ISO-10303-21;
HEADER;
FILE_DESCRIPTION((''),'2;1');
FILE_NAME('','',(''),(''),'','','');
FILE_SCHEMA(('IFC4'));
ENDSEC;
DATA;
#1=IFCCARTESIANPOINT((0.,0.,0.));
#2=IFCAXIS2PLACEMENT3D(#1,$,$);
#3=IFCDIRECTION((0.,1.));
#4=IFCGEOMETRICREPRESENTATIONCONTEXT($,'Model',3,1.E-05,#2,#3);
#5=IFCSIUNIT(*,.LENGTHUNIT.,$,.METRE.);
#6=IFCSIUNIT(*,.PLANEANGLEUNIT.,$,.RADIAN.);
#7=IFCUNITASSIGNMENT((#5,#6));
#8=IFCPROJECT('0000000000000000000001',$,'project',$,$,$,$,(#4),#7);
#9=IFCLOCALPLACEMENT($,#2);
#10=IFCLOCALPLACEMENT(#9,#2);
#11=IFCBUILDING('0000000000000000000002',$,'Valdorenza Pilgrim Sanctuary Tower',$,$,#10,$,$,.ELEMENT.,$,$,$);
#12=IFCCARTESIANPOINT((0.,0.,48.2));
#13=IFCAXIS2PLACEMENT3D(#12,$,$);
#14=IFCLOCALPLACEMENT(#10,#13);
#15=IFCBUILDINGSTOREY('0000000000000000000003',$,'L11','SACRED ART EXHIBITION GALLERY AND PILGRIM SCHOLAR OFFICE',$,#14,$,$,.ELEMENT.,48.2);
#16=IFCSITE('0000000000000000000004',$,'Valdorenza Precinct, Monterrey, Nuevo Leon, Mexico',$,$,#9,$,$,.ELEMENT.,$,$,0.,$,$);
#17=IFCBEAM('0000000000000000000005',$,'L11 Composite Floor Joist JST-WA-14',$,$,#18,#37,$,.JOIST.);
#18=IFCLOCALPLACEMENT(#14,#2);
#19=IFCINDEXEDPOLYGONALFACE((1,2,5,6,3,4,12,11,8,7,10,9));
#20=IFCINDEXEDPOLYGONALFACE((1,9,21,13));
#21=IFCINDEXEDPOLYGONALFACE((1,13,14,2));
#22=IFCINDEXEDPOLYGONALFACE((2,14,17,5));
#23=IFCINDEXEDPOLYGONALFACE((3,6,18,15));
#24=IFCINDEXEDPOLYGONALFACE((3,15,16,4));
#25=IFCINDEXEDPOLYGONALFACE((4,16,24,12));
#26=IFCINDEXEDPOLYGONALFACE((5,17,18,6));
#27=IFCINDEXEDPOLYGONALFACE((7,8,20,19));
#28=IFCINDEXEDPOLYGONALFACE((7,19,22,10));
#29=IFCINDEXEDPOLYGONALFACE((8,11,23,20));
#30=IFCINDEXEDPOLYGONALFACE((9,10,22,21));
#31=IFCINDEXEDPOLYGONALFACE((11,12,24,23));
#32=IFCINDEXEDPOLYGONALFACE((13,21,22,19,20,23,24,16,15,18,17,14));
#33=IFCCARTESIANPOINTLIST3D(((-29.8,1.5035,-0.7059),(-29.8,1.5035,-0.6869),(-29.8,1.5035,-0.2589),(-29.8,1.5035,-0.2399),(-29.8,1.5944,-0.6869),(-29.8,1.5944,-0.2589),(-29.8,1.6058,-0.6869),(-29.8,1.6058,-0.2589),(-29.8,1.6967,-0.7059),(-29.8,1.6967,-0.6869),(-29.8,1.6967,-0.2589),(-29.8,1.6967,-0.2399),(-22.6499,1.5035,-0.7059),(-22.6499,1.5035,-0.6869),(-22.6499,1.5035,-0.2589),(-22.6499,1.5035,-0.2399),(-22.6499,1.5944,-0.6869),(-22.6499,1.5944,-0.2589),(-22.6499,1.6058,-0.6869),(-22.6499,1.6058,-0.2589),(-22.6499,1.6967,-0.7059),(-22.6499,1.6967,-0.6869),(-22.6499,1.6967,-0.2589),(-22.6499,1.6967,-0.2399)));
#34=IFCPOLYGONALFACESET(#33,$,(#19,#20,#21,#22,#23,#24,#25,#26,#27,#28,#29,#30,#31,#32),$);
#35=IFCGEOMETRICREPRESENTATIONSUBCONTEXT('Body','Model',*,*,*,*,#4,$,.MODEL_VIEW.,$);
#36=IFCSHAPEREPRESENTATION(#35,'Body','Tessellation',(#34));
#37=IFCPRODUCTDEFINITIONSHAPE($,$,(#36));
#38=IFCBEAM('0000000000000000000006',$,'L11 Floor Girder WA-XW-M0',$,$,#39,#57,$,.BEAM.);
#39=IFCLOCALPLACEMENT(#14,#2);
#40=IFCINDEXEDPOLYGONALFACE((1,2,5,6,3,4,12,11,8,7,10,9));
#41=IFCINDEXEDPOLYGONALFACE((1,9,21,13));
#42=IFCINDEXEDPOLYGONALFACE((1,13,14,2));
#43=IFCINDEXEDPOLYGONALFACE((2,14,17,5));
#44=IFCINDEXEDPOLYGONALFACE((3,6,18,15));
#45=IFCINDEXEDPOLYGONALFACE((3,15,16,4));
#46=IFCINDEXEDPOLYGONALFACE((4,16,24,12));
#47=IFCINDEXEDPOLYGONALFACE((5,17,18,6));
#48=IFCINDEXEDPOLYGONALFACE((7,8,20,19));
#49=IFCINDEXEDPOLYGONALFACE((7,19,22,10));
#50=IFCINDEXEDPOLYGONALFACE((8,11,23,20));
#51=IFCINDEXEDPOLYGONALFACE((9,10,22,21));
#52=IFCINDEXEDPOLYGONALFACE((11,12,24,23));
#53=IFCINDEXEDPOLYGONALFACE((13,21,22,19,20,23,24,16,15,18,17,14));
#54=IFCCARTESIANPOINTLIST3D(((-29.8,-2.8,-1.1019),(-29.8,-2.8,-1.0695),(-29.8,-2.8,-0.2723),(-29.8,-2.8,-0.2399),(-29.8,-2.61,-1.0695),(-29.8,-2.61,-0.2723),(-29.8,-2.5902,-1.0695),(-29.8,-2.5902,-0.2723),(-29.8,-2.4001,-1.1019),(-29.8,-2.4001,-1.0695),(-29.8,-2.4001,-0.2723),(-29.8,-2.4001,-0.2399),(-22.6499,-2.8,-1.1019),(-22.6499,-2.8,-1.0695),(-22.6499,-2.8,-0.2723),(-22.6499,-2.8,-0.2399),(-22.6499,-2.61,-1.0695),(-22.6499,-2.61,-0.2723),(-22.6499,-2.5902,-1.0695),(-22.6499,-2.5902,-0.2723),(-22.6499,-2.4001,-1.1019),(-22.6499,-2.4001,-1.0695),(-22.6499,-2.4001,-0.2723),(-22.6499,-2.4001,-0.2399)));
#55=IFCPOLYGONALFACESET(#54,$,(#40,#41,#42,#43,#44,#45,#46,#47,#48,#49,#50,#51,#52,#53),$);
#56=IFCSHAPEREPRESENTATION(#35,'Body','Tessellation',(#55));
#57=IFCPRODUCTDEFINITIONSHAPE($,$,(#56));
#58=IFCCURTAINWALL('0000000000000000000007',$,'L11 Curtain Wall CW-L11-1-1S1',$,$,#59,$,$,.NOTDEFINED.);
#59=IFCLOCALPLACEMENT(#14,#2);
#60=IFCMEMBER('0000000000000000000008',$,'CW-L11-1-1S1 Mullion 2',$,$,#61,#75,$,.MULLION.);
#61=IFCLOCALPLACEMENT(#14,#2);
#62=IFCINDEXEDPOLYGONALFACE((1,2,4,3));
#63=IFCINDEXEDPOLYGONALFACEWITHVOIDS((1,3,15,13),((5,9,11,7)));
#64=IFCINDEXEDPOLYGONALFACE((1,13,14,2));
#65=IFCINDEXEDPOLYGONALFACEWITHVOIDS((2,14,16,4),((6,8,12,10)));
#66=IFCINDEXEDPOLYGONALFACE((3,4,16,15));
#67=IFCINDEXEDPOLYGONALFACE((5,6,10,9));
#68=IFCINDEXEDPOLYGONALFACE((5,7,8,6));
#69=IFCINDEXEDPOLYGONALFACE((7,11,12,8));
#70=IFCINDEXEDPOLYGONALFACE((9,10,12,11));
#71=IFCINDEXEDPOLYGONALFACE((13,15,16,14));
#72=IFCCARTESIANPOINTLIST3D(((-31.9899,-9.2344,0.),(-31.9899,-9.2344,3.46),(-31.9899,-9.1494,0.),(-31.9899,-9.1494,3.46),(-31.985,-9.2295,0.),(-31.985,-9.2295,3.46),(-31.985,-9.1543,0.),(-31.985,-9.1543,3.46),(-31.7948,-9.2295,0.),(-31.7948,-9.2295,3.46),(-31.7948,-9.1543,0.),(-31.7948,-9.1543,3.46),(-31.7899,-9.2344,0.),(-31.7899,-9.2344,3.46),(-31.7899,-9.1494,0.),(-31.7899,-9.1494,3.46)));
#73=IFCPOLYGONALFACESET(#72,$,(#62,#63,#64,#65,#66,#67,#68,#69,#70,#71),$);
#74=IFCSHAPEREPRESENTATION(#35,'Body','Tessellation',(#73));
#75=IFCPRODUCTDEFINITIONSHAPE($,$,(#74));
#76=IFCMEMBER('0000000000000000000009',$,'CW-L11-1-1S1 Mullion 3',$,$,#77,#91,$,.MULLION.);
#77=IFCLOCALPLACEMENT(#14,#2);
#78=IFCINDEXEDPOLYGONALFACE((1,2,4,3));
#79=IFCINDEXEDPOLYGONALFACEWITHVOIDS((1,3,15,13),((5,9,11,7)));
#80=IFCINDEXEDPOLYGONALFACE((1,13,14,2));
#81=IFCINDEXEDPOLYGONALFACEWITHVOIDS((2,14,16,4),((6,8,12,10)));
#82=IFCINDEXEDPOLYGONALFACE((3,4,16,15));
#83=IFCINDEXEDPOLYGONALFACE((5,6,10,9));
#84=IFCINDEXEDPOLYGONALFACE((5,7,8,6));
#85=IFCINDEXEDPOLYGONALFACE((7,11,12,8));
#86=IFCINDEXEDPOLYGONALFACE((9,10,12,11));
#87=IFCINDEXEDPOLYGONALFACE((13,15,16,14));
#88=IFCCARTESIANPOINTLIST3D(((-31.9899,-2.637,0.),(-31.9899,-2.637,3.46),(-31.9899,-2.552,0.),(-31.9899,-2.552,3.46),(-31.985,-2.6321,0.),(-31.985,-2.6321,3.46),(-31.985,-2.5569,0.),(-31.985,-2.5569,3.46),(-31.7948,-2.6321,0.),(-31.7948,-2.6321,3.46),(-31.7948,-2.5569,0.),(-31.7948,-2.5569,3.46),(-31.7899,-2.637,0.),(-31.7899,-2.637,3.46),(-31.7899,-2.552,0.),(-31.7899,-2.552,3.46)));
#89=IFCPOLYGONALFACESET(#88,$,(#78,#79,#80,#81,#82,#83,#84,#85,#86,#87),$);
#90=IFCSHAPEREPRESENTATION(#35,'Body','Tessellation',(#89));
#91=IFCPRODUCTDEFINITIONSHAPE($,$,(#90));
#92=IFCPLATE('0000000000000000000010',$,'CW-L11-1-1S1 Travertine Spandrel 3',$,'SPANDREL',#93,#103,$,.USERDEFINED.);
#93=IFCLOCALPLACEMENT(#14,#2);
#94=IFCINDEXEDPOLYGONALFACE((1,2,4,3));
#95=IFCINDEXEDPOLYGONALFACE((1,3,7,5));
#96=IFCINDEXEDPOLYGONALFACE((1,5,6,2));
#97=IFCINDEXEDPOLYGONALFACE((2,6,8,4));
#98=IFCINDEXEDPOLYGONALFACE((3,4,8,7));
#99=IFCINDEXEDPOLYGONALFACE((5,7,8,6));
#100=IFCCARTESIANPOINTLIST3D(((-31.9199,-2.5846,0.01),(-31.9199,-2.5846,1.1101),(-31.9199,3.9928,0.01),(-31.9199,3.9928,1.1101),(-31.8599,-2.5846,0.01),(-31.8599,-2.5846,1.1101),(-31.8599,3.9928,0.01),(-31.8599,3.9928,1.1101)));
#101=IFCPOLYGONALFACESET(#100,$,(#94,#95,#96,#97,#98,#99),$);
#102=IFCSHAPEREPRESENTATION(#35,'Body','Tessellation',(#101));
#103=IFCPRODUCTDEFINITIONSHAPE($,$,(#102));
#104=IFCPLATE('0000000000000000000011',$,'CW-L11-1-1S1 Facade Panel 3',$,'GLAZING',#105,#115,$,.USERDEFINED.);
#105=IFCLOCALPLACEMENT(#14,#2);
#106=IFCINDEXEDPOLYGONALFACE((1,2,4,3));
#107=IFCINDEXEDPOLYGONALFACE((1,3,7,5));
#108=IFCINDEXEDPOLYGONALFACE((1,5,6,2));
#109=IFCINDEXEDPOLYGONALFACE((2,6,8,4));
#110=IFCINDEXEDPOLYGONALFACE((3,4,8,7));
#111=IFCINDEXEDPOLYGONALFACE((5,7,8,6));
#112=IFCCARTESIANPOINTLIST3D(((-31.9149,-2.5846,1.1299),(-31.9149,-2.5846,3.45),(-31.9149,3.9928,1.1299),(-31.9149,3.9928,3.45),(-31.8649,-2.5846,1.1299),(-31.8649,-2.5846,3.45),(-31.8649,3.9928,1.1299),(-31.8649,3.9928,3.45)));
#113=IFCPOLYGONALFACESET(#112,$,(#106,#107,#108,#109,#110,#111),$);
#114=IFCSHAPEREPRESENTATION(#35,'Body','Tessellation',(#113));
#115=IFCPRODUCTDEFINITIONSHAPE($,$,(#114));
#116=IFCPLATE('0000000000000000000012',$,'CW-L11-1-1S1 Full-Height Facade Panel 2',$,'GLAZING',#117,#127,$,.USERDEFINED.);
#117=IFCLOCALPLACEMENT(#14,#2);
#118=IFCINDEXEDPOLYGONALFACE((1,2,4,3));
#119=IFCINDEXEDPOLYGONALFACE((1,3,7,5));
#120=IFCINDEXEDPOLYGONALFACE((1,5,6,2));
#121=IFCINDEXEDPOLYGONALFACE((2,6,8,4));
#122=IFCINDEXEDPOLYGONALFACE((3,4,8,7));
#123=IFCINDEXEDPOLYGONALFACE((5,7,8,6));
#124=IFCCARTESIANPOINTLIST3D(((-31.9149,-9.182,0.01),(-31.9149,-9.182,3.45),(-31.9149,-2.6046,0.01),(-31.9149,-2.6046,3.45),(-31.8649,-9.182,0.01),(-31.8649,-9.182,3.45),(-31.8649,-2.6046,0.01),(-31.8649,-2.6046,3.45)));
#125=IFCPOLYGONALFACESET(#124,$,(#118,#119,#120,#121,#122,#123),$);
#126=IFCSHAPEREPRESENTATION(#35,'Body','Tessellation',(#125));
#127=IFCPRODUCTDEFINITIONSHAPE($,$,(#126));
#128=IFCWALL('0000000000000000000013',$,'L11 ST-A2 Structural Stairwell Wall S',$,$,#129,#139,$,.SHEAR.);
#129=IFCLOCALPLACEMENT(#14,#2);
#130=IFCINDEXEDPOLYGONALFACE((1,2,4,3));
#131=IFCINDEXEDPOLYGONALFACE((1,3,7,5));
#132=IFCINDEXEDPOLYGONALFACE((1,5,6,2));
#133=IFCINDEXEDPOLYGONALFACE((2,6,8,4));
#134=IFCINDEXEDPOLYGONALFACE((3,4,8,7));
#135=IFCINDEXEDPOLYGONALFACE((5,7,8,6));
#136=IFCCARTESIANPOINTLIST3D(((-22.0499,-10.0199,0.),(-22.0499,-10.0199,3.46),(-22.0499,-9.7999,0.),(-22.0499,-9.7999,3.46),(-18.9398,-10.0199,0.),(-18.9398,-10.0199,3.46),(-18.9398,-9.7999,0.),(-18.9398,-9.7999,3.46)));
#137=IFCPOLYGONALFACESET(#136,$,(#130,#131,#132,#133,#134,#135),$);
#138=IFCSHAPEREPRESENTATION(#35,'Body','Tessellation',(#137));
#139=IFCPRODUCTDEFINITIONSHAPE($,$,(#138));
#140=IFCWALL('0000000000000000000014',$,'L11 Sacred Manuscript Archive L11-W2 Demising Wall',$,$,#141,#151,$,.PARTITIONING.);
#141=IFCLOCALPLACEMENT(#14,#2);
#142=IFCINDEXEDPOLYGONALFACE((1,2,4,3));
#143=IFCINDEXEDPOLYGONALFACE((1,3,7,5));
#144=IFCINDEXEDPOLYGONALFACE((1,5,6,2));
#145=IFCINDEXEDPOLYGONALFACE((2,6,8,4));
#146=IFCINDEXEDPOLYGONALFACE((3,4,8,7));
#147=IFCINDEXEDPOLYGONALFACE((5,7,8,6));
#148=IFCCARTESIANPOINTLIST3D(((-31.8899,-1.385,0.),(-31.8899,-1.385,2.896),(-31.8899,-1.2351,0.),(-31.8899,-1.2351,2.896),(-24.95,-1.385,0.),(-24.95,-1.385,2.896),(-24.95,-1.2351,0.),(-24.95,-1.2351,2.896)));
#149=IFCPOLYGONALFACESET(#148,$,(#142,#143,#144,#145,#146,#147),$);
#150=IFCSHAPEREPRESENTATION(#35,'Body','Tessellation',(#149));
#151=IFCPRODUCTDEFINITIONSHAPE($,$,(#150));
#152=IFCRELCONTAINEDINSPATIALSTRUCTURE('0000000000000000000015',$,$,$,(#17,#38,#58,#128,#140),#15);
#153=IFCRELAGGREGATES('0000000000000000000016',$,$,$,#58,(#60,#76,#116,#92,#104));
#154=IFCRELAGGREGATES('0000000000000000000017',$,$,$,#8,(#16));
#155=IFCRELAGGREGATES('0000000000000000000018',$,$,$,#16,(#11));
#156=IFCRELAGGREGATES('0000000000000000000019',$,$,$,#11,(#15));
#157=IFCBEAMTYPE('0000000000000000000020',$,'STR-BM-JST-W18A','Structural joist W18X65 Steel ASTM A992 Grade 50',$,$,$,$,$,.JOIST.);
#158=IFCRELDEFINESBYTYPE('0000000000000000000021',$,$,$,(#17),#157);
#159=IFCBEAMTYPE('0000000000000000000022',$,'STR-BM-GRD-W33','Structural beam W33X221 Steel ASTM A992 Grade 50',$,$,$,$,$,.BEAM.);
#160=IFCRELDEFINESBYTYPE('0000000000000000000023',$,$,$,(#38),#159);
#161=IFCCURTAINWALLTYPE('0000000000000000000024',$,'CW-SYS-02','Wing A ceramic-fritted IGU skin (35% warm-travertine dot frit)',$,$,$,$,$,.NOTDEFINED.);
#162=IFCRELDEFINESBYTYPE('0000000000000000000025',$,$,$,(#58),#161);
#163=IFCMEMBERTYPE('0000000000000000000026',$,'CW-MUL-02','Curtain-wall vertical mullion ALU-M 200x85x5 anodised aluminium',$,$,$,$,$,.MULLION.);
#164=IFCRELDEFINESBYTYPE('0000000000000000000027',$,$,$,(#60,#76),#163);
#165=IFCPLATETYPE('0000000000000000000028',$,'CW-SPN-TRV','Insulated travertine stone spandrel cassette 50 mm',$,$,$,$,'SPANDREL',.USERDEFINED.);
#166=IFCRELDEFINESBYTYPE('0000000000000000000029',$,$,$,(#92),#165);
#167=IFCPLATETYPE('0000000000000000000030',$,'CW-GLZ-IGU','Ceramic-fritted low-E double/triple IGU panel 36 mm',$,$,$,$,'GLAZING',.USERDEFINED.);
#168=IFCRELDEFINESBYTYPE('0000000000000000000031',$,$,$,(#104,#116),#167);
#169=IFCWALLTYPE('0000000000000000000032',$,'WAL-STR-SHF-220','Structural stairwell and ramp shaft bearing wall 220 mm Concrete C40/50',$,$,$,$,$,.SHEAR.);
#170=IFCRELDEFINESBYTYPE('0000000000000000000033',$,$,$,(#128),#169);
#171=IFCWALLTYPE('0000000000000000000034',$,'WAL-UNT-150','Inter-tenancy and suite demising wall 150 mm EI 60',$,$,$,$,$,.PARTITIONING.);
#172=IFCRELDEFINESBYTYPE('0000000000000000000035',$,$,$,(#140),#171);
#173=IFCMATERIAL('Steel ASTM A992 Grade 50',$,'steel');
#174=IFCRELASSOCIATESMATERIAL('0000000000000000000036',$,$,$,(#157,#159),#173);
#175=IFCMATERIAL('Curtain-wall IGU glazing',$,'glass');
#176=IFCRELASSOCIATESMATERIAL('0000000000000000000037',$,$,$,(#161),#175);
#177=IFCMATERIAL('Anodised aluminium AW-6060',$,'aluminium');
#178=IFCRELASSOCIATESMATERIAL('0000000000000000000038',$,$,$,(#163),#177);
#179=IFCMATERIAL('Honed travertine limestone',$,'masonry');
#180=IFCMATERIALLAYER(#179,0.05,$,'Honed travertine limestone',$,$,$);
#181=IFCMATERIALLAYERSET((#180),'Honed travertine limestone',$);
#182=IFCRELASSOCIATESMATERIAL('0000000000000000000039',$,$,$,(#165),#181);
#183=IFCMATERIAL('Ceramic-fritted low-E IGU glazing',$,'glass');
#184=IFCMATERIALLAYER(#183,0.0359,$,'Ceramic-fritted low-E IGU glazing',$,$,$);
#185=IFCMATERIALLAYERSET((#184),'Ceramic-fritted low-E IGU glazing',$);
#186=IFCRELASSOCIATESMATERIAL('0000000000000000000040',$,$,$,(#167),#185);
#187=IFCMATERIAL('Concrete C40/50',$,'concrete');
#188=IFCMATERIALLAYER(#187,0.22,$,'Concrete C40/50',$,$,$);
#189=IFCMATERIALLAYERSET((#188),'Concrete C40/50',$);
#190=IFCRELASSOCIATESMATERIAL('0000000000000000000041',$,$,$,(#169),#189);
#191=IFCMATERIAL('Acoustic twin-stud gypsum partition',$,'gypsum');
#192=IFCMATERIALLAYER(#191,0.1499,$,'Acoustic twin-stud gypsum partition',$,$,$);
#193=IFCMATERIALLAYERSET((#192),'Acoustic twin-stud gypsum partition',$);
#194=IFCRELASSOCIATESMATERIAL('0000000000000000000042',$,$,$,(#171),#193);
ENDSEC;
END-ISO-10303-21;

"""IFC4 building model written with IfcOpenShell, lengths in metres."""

from ifc_helpers import new_model, si_unit, direction, frame, frame_2d, origin, origin_2d, place, context, subcontext, project, spatial, rectangle, hollow_rectangle, i_section, extrude, source, transform, mapped, material, layer, layer_set, material_profile, profile_set, type_object, element, aggregate, save


model = new_model("IFC4")

# Units and contexts
model_context = context("Model", 3, precision=1e-05, world=origin(), true_north=direction((0.0, 1.0)))
body_context = subcontext(model_context, "Body", "Model", "MODEL_VIEW")
ifc_project = project(units=[si_unit("LENGTHUNIT", "METRE"), si_unit("PLANEANGLEUNIT", "RADIAN")], contexts=[model_context])

# Site, building, storey
site_placement = place(None, origin())
site = spatial("IfcSite", under=ifc_project, at=site_placement, Name="Valdorenza Precinct, Monterrey, Nuevo Leon, Mexico", CompositionType="ELEMENT", RefElevation=0.0)
building_placement = place(site_placement, origin())
building = spatial("IfcBuilding", under=site, at=building_placement, Name="Valdorenza Pilgrim Sanctuary Tower", CompositionType="ELEMENT")
storey_placement = place(building_placement, frame((0.0, 0.0, 48.2)))
storey = spatial("IfcBuildingStorey", under=building, at=storey_placement, Name="L11", Description="SACRED ART EXHIBITION GALLERY AND PILGRIM SCHOLAR OFFICE", CompositionType="ELEMENT", Elevation=48.2)

# Beams
ifc_material_1 = material(Name="Steel ASTM A992 Grade 50", Category="steel")
ifc_material_profile_1 = material_profile(ifc_material_1, i_section(OverallWidth=0.1931, OverallDepth=0.4661, WebThickness=0.0115, FlangeThickness=0.019, at=origin_2d()), Name="W18X65")
ifc_profile_set_1 = profile_set([ifc_material_profile_1], Name="Steel ASTM A992 Grade 50")
beam_type_1 = type_object("IfcBeamType", Name="STR-BM-JST-W18A", Description="Structural joist W18X65 Steel ASTM A992 Grade 50", PredefinedType="JOIST", material=ifc_profile_set_1)
shared_shape_1 = source(origin(), body_context, "Body", "SweptSolid", [
    extrude(i_section(OverallWidth=0.1931, OverallDepth=0.4661, WebThickness=0.0115, FlangeThickness=0.019, at=origin_2d()), origin(), (0.0, 0.0, 1.0), 7.1501),
])
for number, where, z_axis, x_axis, name in (
    (1, (-29.8, 1.6001, -0.4729), (1.0, 0.0, 0.0), (0.0, 1.0, 0.0), "L11 Composite Floor Joist JST-WA-14"),
):
    element("IfcBeam", number, at=place(storey_placement, frame(where, z_axis=z_axis, x_axis=x_axis)), inside=storey, type_object=beam_type_1, Name=name, PredefinedType="JOIST", context=body_context, shape_type="MappedRepresentation", body=[
        mapped(shared_shape_1, transform((0.0, 0.0, 0.0), x_axis=(1.0, 0.0, 0.0), y_axis=(0.0, 1.0, 0.0), z_axis=(0.0, 0.0, 1.0), scale=1.0)),
    ])
ifc_material_profile_2 = material_profile(ifc_material_1, i_section(OverallWidth=0.3999, OverallDepth=0.8621, WebThickness=0.0198, FlangeThickness=0.0325, at=origin_2d()), Name="W33X221")
ifc_profile_set_2 = profile_set([ifc_material_profile_2], Name="Steel ASTM A992 Grade 50")
beam_type_2 = type_object("IfcBeamType", Name="STR-BM-GRD-W33", Description="Structural beam W33X221 Steel ASTM A992 Grade 50", PredefinedType="BEAM", material=ifc_profile_set_2)
shared_shape_2 = source(origin(), body_context, "Body", "SweptSolid", [
    extrude(i_section(OverallWidth=0.3999, OverallDepth=0.8621, WebThickness=0.0198, FlangeThickness=0.0325, at=origin_2d()), origin(), (0.0, 0.0, 1.0), 7.1501),
])
beam_1_placement = place(storey_placement, frame((-29.8, -2.6001, -0.6709), z_axis=(1.0, 0.0, 0.0), x_axis=(0.0, 1.0, 0.0)))
element("IfcBeam", 2, at=beam_1_placement, inside=storey, type_object=beam_type_2, Name="L11 Floor Girder WA-XW-M0", PredefinedType="BEAM", context=body_context, shape_type="MappedRepresentation", body=[
    mapped(shared_shape_2, transform((0.0, 0.0, 0.0), x_axis=(1.0, 0.0, 0.0), y_axis=(0.0, 1.0, 0.0), z_axis=(0.0, 0.0, 1.0), scale=1.0)),
])

# Curtain wall, members, plates
ifc_material_2 = material(Name="Curtain-wall IGU glazing", Category="glass")
curtain_wall_type = type_object("IfcCurtainWallType", Name="CW-SYS-02", Description="Wing A ceramic-fritted IGU skin (35% warm-travertine dot frit)", PredefinedType="NOTDEFINED", material=ifc_material_2)
curtain_wall_placement = place(storey_placement, origin())
curtain_wall = element("IfcCurtainWall", 3, at=curtain_wall_placement, inside=storey, type_object=curtain_wall_type, Name="L11 Curtain Wall CW-L11-1-1S1", PredefinedType="NOTDEFINED")
ifc_material_3 = material(Name="Anodised aluminium AW-6060", Category="aluminium")
ifc_material_profile_3 = material_profile(ifc_material_3, hollow_rectangle(XDim=0.085, YDim=0.2, WallThickness=0.0049, at=origin_2d()), Name="ALU-M 200x85x5")
ifc_profile_set_3 = profile_set([ifc_material_profile_3], Name="Anodised aluminium AW-6060")
member_type = type_object("IfcMemberType", Name="CW-MUL-02", Description="Curtain-wall vertical mullion ALU-M 200x85x5 anodised aluminium", PredefinedType="MULLION", material=ifc_profile_set_3)
shared_shape_3 = source(origin(), body_context, "Body", "SweptSolid", [
    extrude(hollow_rectangle(XDim=0.085, YDim=0.2, WallThickness=0.0049, at=origin_2d()), origin(), (0.0, 0.0, 1.0), 3.46),
])
member_1_placement = place(storey_placement, frame((-31.8899, -9.1919, 0.0), z_axis=(0.0, 0.0, 1.0), x_axis=(0.0, 1.0, 0.0)))
member_1 = element("IfcMember", 4, at=member_1_placement, type_object=member_type, Name="CW-L11-1-1S1 Mullion 2", PredefinedType="MULLION", context=body_context, shape_type="MappedRepresentation", body=[
    mapped(shared_shape_3, transform((0.0, 0.0, 0.0), x_axis=(1.0, 0.0, 0.0), y_axis=(0.0, 1.0, 0.0), z_axis=(0.0, 0.0, 1.0), scale=1.0)),
])
member_2_placement = place(storey_placement, frame((-31.8899, -2.5945, 0.0), z_axis=(0.0, 0.0, 1.0), x_axis=(0.0, 1.0, 0.0)))
member_2 = element("IfcMember", 5, at=member_2_placement, type_object=member_type, Name="CW-L11-1-1S1 Mullion 3", PredefinedType="MULLION", context=body_context, shape_type="MappedRepresentation", body=[
    mapped(shared_shape_3, transform((0.0, 0.0, 0.0), x_axis=(1.0, 0.0, 0.0), y_axis=(0.0, 1.0, 0.0), z_axis=(0.0, 0.0, 1.0), scale=1.0)),
])
ifc_material_4 = material(Name="Honed travertine limestone", Category="masonry")
ifc_layer_1 = layer(ifc_material_4, 0.05, Name="Honed travertine limestone")
ifc_layer_set_1 = layer_set([ifc_layer_1], Name="Honed travertine limestone")
plate_type_1 = type_object("IfcPlateType", Name="CW-SPN-TRV", Description="Insulated travertine stone spandrel cassette 50 mm", ElementType="SPANDREL", PredefinedType="USERDEFINED", material=ifc_layer_set_1)
shared_shape_4 = source(origin(), body_context, "Body", "SweptSolid", [
    extrude(rectangle(XDim=6.5774, YDim=0.0601, at=origin_2d()), origin(), (0.0, 0.0, 1.0), 1.1001),
])
plate_1_placement = place(storey_placement, frame((-31.8899, 0.7041, 0.01), z_axis=(0.0, 0.0, 1.0), x_axis=(0.0, 1.0, 0.0)))
plate_1 = element("IfcPlate", 6, at=plate_1_placement, type_object=plate_type_1, Name="CW-L11-1-1S1 Travertine Spandrel 3", ObjectType="SPANDREL", PredefinedType="USERDEFINED", context=body_context, shape_type="MappedRepresentation", body=[
    mapped(shared_shape_4, transform((0.0, 0.0, 0.0), x_axis=(1.0, 0.0, 0.0), y_axis=(0.0, 1.0, 0.0), z_axis=(0.0, 0.0, 1.0), scale=1.0)),
])
ifc_material_5 = material(Name="Ceramic-fritted low-E IGU glazing", Category="glass")
ifc_layer_2 = layer(ifc_material_5, 0.0359, Name="Ceramic-fritted low-E IGU glazing")
ifc_layer_set_2 = layer_set([ifc_layer_2], Name="Ceramic-fritted low-E IGU glazing")
plate_type_2 = type_object("IfcPlateType", Name="CW-GLZ-IGU", Description="Ceramic-fritted low-E double/triple IGU panel 36 mm", ElementType="GLAZING", PredefinedType="USERDEFINED", material=ifc_layer_set_2)
shared_shape_5 = source(origin(), body_context, "Body", "SweptSolid", [
    extrude(rectangle(XDim=6.5774, YDim=0.05, at=origin_2d()), origin(), (0.0, 0.0, 1.0), 2.3201),
])
plate_2_placement = place(storey_placement, frame((-31.8899, 0.7041, 1.1299), z_axis=(0.0, 0.0, 1.0), x_axis=(0.0, 1.0, 0.0)))
plate_2 = element("IfcPlate", 7, at=plate_2_placement, type_object=plate_type_2, Name="CW-L11-1-1S1 Facade Panel 3", ObjectType="GLAZING", PredefinedType="USERDEFINED", context=body_context, shape_type="MappedRepresentation", body=[
    mapped(shared_shape_5, transform((0.0, 0.0, 0.0), x_axis=(1.0, 0.0, 0.0), y_axis=(0.0, 1.0, 0.0), z_axis=(0.0, 0.0, 1.0), scale=1.0)),
])
shared_shape_6 = source(origin(), body_context, "Body", "SweptSolid", [
    extrude(rectangle(XDim=6.5774, YDim=0.05, at=origin_2d()), origin(), (0.0, 0.0, 1.0), 3.4399),
])
plate_3_placement = place(storey_placement, frame((-31.8899, -5.8933, 0.01), z_axis=(0.0, 0.0, 1.0), x_axis=(0.0, 1.0, 0.0)))
plate_3 = element("IfcPlate", 8, at=plate_3_placement, type_object=plate_type_2, Name="CW-L11-1-1S1 Full-Height Facade Panel 2", ObjectType="GLAZING", PredefinedType="USERDEFINED", context=body_context, shape_type="MappedRepresentation", body=[
    mapped(shared_shape_6, transform((0.0, 0.0, 0.0), x_axis=(1.0, 0.0, 0.0), y_axis=(0.0, 1.0, 0.0), z_axis=(0.0, 0.0, 1.0), scale=1.0)),
])
aggregate(curtain_wall, [member_1, member_2, plate_3, plate_1, plate_2])

# Wall
ifc_material_6 = material(Name="Concrete C40/50", Category="concrete")
ifc_layer_3 = layer(ifc_material_6, 0.22, Name="Concrete C40/50")
ifc_layer_set_3 = layer_set([ifc_layer_3], Name="Concrete C40/50")
wall_type_1 = type_object("IfcWallType", Name="WAL-STR-SHF-220", Description="Structural stairwell and ramp shaft bearing wall 220 mm Concrete C40/50", PredefinedType="SHEAR", material=ifc_layer_set_3)
wall_1_placement = place(storey_placement, frame((-22.05, -9.9099, 0.0), z_axis=(0.0, 0.0, 1.0), x_axis=(1.0, 0.0, 0.0)))
element("IfcWall", 9, at=wall_1_placement, inside=storey, type_object=wall_type_1, Name="L11 ST-A2 Structural Stairwell Wall S", PredefinedType="SHEAR", context=body_context, shape_type="SweptSolid", body=[
    extrude(rectangle(XDim=3.1101, YDim=0.22, at=frame_2d((1.5552, 0.0))), origin(), (0.0, 0.0, 1.0), 3.46),
])

# Wall
ifc_material_7 = material(Name="Acoustic twin-stud gypsum partition", Category="gypsum")
ifc_layer_4 = layer(ifc_material_7, 0.1499, Name="Acoustic twin-stud gypsum partition")
ifc_layer_set_4 = layer_set([ifc_layer_4], Name="Acoustic twin-stud gypsum partition")
wall_type_2 = type_object("IfcWallType", Name="WAL-UNT-150", Description="Inter-tenancy and suite demising wall 150 mm EI 60", PredefinedType="PARTITIONING", material=ifc_layer_set_4)
wall_2_placement = place(storey_placement, frame((-31.8899, -1.3101, 0.0), z_axis=(0.0, 0.0, 1.0), x_axis=(1.0, 0.0, 0.0)))
element("IfcWall", 10, at=wall_2_placement, inside=storey, type_object=wall_type_2, Name="L11 Sacred Manuscript Archive L11-W2 Demising Wall", PredefinedType="PARTITIONING", context=body_context, shape_type="SweptSolid", body=[
    extrude(rectangle(XDim=6.9399, YDim=0.1499, at=frame_2d((3.47, 0.0))), origin(), (0.0, 0.0, 1.0), 2.896),
])

save(model, "model.ifc")
